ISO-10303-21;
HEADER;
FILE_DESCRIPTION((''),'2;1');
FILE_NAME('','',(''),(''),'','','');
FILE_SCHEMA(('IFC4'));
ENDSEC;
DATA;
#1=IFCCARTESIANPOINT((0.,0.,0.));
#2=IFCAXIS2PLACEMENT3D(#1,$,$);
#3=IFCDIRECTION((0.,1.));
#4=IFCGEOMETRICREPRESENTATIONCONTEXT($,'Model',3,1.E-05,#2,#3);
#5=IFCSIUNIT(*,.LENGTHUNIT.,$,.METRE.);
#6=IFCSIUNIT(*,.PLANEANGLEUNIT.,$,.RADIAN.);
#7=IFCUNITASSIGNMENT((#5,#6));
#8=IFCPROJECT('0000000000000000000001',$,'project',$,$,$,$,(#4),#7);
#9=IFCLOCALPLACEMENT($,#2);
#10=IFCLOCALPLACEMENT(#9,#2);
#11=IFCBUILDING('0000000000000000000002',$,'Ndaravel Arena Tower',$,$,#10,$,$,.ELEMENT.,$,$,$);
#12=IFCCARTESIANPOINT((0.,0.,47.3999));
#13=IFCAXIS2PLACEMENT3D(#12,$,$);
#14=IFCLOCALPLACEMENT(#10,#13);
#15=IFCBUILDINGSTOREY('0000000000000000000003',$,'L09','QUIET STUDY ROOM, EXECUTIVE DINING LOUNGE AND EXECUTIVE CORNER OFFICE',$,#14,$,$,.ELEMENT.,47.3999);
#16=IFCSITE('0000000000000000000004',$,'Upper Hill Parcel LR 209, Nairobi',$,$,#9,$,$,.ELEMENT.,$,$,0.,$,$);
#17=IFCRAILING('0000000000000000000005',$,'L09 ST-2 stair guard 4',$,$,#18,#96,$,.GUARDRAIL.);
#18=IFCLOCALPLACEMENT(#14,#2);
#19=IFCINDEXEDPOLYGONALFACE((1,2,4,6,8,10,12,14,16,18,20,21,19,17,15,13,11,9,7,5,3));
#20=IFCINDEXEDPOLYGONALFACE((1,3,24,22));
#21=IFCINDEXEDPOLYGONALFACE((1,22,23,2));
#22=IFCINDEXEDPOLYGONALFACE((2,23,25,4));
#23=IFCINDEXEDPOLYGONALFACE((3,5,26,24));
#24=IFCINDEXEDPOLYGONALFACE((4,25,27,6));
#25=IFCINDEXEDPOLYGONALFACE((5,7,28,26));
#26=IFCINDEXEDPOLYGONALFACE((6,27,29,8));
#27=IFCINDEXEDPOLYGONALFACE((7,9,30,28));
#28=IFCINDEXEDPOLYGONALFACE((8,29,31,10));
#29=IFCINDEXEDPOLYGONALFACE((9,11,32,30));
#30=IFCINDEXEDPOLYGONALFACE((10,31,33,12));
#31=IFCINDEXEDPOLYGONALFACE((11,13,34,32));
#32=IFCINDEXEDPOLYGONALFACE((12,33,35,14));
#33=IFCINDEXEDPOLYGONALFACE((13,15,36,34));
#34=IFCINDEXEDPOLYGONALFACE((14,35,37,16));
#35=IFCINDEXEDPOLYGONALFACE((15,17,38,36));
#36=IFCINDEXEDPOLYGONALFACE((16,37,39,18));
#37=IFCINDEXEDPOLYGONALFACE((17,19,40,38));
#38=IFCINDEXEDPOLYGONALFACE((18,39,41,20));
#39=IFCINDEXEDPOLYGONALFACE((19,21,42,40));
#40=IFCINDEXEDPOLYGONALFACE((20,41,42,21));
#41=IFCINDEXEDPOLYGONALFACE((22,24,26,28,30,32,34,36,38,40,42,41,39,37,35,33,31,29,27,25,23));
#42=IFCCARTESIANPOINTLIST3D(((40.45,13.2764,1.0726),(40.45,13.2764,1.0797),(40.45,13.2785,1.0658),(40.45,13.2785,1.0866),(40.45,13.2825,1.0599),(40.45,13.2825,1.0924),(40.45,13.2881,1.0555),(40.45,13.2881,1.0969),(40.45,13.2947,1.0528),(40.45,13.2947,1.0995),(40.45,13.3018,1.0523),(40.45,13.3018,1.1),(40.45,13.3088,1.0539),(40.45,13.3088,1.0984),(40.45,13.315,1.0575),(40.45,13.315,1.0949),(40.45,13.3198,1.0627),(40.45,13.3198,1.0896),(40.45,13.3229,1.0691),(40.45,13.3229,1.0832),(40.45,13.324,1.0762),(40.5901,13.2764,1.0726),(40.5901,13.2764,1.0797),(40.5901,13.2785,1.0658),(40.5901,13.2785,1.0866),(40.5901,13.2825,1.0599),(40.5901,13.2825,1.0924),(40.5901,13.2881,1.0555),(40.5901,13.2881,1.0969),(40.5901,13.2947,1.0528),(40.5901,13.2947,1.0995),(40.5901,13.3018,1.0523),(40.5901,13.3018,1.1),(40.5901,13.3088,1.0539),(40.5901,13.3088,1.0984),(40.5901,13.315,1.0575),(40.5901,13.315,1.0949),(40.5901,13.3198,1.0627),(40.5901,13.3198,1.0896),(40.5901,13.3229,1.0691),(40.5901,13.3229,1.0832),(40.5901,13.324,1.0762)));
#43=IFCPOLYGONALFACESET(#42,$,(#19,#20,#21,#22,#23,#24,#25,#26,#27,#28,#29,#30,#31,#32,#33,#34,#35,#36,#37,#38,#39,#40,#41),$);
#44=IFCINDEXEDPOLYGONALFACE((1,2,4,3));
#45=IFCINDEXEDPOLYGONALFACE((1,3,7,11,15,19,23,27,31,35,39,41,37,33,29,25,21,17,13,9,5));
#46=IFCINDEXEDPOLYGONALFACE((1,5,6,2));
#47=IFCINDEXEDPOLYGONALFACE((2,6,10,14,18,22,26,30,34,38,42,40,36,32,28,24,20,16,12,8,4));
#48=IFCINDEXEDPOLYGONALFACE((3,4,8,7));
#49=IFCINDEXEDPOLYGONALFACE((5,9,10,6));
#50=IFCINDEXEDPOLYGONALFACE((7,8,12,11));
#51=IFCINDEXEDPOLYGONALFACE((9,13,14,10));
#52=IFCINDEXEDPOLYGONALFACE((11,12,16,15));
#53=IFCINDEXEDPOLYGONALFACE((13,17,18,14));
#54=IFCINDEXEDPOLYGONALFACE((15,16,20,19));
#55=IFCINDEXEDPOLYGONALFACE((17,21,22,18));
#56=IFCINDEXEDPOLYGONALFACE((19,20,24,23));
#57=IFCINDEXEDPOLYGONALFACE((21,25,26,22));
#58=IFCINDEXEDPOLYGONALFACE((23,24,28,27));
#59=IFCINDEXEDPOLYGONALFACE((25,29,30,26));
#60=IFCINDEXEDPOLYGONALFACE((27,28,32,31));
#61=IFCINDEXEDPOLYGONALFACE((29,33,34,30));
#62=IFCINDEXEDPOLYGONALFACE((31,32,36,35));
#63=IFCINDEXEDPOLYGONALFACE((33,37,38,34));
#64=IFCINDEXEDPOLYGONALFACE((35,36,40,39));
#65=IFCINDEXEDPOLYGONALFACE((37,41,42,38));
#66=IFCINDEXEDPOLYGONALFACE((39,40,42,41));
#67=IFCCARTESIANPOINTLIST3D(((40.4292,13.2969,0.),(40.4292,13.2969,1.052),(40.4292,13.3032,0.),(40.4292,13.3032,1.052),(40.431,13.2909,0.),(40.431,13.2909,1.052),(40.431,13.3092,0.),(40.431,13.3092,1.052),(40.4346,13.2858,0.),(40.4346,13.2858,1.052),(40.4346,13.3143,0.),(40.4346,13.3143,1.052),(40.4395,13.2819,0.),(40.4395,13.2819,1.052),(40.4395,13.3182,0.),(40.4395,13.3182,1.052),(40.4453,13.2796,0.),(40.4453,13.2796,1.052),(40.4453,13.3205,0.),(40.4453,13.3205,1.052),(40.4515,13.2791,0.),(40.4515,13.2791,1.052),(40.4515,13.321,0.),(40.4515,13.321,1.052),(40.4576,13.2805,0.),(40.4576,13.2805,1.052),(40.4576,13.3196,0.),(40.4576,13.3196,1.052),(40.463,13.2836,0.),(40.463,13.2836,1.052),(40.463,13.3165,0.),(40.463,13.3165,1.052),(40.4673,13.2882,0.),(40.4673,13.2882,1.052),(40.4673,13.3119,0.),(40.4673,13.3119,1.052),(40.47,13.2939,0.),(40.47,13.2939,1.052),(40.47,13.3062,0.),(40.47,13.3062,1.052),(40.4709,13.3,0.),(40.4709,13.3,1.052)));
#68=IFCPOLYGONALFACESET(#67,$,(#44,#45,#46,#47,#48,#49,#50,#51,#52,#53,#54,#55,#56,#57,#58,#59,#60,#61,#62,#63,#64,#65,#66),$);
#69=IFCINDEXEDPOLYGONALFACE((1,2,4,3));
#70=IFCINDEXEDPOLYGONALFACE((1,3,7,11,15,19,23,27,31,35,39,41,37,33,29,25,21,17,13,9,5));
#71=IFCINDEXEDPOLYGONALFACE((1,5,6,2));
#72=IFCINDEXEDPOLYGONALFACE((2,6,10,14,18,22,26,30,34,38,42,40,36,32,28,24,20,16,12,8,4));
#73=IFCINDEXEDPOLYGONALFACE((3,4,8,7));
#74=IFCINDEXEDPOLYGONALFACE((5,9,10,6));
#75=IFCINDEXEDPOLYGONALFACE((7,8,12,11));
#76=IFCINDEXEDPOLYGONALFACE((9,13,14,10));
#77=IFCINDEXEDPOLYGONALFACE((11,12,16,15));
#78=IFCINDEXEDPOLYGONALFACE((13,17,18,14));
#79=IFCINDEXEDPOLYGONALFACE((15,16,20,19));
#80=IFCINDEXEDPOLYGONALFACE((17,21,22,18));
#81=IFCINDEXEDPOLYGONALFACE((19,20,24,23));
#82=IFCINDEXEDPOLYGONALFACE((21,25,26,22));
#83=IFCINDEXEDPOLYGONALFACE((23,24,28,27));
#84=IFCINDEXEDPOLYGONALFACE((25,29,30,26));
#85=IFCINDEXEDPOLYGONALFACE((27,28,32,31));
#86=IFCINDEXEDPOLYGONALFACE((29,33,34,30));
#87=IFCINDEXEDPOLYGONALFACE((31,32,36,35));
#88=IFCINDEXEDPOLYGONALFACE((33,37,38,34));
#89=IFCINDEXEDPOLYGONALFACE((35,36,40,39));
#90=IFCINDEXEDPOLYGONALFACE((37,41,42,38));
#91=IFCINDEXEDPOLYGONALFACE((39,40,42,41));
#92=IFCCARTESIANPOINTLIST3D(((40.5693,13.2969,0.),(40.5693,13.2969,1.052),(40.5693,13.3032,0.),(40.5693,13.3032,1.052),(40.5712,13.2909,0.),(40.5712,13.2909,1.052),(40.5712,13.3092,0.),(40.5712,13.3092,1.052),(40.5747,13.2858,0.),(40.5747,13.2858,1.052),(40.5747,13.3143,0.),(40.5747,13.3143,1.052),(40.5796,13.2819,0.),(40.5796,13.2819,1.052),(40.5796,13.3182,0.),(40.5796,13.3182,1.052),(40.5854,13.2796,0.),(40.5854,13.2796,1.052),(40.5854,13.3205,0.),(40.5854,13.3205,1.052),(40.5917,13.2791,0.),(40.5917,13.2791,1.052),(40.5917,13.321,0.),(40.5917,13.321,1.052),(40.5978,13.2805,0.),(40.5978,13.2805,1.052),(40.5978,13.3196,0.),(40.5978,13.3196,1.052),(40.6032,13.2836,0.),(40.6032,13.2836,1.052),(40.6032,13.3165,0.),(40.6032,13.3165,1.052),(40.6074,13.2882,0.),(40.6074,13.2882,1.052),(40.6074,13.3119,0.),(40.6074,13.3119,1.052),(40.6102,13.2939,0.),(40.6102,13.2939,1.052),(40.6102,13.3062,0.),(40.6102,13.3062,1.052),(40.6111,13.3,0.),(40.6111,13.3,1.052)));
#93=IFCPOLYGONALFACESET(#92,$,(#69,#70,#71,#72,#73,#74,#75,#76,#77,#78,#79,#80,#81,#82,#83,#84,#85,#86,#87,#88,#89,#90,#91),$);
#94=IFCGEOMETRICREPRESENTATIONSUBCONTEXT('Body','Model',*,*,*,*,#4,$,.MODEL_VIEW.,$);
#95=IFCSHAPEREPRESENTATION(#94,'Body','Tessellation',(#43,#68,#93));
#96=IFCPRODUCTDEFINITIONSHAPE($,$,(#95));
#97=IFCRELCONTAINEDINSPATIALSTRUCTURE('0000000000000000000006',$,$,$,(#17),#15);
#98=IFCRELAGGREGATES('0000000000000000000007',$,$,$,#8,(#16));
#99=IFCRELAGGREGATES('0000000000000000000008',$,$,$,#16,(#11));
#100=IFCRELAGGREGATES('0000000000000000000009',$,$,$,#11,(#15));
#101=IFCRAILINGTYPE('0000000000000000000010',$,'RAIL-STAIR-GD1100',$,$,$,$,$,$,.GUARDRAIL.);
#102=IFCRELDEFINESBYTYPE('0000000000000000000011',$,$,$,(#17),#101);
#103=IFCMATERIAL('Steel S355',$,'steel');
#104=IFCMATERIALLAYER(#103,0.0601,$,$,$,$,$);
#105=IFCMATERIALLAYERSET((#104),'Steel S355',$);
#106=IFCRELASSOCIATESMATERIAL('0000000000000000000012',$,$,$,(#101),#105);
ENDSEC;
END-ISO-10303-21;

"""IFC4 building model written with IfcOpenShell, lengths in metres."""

from ifc_helpers import new_model, si_unit, direction, frame, origin, origin_2d, place, context, subcontext, project, spatial, circle, extrude, material, layer, layer_set, type_object, element, save


model = new_model("IFC4")

# Units and contexts
model_context = context("Model", 3, precision=1e-05, world=origin(), true_north=direction((0.0, 1.0)))
body_context = subcontext(model_context, "Body", "Model", "MODEL_VIEW")
ifc_project = project(units=[si_unit("LENGTHUNIT", "METRE"), si_unit("PLANEANGLEUNIT", "RADIAN")], contexts=[model_context])

# Site, building, storey
site_placement = place(None, origin())
site = spatial("IfcSite", under=ifc_project, at=site_placement, Name="Upper Hill Parcel LR 209, Nairobi", CompositionType="ELEMENT", RefElevation=0.0)
building_placement = place(site_placement, origin())
building = spatial("IfcBuilding", under=site, at=building_placement, Name="Ndaravel Arena Tower", CompositionType="ELEMENT")
storey_placement = place(building_placement, frame((0.0, 0.0, 47.3999)))
storey = spatial("IfcBuildingStorey", under=building, at=storey_placement, Name="L09", Description="QUIET STUDY ROOM, EXECUTIVE DINING LOUNGE AND EXECUTIVE CORNER OFFICE", CompositionType="ELEMENT", Elevation=47.3999)

# Railing
ifc_material_1 = material(Name="Steel S355", Category="steel")
ifc_layer_1 = layer(ifc_material_1, 0.0601)
ifc_layer_set_1 = layer_set([ifc_layer_1], Name="Steel S355")
railing_type_1 = type_object("IfcRailingType", Name="RAIL-STAIR-GD1100", PredefinedType="GUARDRAIL", material=ifc_layer_set_1)
railing_1_placement = place(storey_placement, frame((40.45, 13.3, 0.0)))
element("IfcRailing", 1, at=railing_1_placement, inside=storey, type_object=railing_type_1, Name="L09 ST-2 stair guard 4", PredefinedType="GUARDRAIL", context=body_context, shape_type="SweptSolid", body=[
    extrude(circle(Radius=0.0239, at=origin_2d()), frame((0.0, 0.0, 1.0762), z_axis=(1.0, 0.0, 0.0), x_axis=(0.0, 1.0, 0.0)), (0.0, 0.0, 1.0), 0.1401),
    extrude(circle(Radius=0.021, at=origin_2d()), origin(), (0.0, 0.0, 1.0), 1.052),
    extrude(circle(Radius=0.021, at=origin_2d()), frame((0.1401, 0.0, 0.0)), (0.0, 0.0, 1.0), 1.052),
])

save(model, "model.ifc")
